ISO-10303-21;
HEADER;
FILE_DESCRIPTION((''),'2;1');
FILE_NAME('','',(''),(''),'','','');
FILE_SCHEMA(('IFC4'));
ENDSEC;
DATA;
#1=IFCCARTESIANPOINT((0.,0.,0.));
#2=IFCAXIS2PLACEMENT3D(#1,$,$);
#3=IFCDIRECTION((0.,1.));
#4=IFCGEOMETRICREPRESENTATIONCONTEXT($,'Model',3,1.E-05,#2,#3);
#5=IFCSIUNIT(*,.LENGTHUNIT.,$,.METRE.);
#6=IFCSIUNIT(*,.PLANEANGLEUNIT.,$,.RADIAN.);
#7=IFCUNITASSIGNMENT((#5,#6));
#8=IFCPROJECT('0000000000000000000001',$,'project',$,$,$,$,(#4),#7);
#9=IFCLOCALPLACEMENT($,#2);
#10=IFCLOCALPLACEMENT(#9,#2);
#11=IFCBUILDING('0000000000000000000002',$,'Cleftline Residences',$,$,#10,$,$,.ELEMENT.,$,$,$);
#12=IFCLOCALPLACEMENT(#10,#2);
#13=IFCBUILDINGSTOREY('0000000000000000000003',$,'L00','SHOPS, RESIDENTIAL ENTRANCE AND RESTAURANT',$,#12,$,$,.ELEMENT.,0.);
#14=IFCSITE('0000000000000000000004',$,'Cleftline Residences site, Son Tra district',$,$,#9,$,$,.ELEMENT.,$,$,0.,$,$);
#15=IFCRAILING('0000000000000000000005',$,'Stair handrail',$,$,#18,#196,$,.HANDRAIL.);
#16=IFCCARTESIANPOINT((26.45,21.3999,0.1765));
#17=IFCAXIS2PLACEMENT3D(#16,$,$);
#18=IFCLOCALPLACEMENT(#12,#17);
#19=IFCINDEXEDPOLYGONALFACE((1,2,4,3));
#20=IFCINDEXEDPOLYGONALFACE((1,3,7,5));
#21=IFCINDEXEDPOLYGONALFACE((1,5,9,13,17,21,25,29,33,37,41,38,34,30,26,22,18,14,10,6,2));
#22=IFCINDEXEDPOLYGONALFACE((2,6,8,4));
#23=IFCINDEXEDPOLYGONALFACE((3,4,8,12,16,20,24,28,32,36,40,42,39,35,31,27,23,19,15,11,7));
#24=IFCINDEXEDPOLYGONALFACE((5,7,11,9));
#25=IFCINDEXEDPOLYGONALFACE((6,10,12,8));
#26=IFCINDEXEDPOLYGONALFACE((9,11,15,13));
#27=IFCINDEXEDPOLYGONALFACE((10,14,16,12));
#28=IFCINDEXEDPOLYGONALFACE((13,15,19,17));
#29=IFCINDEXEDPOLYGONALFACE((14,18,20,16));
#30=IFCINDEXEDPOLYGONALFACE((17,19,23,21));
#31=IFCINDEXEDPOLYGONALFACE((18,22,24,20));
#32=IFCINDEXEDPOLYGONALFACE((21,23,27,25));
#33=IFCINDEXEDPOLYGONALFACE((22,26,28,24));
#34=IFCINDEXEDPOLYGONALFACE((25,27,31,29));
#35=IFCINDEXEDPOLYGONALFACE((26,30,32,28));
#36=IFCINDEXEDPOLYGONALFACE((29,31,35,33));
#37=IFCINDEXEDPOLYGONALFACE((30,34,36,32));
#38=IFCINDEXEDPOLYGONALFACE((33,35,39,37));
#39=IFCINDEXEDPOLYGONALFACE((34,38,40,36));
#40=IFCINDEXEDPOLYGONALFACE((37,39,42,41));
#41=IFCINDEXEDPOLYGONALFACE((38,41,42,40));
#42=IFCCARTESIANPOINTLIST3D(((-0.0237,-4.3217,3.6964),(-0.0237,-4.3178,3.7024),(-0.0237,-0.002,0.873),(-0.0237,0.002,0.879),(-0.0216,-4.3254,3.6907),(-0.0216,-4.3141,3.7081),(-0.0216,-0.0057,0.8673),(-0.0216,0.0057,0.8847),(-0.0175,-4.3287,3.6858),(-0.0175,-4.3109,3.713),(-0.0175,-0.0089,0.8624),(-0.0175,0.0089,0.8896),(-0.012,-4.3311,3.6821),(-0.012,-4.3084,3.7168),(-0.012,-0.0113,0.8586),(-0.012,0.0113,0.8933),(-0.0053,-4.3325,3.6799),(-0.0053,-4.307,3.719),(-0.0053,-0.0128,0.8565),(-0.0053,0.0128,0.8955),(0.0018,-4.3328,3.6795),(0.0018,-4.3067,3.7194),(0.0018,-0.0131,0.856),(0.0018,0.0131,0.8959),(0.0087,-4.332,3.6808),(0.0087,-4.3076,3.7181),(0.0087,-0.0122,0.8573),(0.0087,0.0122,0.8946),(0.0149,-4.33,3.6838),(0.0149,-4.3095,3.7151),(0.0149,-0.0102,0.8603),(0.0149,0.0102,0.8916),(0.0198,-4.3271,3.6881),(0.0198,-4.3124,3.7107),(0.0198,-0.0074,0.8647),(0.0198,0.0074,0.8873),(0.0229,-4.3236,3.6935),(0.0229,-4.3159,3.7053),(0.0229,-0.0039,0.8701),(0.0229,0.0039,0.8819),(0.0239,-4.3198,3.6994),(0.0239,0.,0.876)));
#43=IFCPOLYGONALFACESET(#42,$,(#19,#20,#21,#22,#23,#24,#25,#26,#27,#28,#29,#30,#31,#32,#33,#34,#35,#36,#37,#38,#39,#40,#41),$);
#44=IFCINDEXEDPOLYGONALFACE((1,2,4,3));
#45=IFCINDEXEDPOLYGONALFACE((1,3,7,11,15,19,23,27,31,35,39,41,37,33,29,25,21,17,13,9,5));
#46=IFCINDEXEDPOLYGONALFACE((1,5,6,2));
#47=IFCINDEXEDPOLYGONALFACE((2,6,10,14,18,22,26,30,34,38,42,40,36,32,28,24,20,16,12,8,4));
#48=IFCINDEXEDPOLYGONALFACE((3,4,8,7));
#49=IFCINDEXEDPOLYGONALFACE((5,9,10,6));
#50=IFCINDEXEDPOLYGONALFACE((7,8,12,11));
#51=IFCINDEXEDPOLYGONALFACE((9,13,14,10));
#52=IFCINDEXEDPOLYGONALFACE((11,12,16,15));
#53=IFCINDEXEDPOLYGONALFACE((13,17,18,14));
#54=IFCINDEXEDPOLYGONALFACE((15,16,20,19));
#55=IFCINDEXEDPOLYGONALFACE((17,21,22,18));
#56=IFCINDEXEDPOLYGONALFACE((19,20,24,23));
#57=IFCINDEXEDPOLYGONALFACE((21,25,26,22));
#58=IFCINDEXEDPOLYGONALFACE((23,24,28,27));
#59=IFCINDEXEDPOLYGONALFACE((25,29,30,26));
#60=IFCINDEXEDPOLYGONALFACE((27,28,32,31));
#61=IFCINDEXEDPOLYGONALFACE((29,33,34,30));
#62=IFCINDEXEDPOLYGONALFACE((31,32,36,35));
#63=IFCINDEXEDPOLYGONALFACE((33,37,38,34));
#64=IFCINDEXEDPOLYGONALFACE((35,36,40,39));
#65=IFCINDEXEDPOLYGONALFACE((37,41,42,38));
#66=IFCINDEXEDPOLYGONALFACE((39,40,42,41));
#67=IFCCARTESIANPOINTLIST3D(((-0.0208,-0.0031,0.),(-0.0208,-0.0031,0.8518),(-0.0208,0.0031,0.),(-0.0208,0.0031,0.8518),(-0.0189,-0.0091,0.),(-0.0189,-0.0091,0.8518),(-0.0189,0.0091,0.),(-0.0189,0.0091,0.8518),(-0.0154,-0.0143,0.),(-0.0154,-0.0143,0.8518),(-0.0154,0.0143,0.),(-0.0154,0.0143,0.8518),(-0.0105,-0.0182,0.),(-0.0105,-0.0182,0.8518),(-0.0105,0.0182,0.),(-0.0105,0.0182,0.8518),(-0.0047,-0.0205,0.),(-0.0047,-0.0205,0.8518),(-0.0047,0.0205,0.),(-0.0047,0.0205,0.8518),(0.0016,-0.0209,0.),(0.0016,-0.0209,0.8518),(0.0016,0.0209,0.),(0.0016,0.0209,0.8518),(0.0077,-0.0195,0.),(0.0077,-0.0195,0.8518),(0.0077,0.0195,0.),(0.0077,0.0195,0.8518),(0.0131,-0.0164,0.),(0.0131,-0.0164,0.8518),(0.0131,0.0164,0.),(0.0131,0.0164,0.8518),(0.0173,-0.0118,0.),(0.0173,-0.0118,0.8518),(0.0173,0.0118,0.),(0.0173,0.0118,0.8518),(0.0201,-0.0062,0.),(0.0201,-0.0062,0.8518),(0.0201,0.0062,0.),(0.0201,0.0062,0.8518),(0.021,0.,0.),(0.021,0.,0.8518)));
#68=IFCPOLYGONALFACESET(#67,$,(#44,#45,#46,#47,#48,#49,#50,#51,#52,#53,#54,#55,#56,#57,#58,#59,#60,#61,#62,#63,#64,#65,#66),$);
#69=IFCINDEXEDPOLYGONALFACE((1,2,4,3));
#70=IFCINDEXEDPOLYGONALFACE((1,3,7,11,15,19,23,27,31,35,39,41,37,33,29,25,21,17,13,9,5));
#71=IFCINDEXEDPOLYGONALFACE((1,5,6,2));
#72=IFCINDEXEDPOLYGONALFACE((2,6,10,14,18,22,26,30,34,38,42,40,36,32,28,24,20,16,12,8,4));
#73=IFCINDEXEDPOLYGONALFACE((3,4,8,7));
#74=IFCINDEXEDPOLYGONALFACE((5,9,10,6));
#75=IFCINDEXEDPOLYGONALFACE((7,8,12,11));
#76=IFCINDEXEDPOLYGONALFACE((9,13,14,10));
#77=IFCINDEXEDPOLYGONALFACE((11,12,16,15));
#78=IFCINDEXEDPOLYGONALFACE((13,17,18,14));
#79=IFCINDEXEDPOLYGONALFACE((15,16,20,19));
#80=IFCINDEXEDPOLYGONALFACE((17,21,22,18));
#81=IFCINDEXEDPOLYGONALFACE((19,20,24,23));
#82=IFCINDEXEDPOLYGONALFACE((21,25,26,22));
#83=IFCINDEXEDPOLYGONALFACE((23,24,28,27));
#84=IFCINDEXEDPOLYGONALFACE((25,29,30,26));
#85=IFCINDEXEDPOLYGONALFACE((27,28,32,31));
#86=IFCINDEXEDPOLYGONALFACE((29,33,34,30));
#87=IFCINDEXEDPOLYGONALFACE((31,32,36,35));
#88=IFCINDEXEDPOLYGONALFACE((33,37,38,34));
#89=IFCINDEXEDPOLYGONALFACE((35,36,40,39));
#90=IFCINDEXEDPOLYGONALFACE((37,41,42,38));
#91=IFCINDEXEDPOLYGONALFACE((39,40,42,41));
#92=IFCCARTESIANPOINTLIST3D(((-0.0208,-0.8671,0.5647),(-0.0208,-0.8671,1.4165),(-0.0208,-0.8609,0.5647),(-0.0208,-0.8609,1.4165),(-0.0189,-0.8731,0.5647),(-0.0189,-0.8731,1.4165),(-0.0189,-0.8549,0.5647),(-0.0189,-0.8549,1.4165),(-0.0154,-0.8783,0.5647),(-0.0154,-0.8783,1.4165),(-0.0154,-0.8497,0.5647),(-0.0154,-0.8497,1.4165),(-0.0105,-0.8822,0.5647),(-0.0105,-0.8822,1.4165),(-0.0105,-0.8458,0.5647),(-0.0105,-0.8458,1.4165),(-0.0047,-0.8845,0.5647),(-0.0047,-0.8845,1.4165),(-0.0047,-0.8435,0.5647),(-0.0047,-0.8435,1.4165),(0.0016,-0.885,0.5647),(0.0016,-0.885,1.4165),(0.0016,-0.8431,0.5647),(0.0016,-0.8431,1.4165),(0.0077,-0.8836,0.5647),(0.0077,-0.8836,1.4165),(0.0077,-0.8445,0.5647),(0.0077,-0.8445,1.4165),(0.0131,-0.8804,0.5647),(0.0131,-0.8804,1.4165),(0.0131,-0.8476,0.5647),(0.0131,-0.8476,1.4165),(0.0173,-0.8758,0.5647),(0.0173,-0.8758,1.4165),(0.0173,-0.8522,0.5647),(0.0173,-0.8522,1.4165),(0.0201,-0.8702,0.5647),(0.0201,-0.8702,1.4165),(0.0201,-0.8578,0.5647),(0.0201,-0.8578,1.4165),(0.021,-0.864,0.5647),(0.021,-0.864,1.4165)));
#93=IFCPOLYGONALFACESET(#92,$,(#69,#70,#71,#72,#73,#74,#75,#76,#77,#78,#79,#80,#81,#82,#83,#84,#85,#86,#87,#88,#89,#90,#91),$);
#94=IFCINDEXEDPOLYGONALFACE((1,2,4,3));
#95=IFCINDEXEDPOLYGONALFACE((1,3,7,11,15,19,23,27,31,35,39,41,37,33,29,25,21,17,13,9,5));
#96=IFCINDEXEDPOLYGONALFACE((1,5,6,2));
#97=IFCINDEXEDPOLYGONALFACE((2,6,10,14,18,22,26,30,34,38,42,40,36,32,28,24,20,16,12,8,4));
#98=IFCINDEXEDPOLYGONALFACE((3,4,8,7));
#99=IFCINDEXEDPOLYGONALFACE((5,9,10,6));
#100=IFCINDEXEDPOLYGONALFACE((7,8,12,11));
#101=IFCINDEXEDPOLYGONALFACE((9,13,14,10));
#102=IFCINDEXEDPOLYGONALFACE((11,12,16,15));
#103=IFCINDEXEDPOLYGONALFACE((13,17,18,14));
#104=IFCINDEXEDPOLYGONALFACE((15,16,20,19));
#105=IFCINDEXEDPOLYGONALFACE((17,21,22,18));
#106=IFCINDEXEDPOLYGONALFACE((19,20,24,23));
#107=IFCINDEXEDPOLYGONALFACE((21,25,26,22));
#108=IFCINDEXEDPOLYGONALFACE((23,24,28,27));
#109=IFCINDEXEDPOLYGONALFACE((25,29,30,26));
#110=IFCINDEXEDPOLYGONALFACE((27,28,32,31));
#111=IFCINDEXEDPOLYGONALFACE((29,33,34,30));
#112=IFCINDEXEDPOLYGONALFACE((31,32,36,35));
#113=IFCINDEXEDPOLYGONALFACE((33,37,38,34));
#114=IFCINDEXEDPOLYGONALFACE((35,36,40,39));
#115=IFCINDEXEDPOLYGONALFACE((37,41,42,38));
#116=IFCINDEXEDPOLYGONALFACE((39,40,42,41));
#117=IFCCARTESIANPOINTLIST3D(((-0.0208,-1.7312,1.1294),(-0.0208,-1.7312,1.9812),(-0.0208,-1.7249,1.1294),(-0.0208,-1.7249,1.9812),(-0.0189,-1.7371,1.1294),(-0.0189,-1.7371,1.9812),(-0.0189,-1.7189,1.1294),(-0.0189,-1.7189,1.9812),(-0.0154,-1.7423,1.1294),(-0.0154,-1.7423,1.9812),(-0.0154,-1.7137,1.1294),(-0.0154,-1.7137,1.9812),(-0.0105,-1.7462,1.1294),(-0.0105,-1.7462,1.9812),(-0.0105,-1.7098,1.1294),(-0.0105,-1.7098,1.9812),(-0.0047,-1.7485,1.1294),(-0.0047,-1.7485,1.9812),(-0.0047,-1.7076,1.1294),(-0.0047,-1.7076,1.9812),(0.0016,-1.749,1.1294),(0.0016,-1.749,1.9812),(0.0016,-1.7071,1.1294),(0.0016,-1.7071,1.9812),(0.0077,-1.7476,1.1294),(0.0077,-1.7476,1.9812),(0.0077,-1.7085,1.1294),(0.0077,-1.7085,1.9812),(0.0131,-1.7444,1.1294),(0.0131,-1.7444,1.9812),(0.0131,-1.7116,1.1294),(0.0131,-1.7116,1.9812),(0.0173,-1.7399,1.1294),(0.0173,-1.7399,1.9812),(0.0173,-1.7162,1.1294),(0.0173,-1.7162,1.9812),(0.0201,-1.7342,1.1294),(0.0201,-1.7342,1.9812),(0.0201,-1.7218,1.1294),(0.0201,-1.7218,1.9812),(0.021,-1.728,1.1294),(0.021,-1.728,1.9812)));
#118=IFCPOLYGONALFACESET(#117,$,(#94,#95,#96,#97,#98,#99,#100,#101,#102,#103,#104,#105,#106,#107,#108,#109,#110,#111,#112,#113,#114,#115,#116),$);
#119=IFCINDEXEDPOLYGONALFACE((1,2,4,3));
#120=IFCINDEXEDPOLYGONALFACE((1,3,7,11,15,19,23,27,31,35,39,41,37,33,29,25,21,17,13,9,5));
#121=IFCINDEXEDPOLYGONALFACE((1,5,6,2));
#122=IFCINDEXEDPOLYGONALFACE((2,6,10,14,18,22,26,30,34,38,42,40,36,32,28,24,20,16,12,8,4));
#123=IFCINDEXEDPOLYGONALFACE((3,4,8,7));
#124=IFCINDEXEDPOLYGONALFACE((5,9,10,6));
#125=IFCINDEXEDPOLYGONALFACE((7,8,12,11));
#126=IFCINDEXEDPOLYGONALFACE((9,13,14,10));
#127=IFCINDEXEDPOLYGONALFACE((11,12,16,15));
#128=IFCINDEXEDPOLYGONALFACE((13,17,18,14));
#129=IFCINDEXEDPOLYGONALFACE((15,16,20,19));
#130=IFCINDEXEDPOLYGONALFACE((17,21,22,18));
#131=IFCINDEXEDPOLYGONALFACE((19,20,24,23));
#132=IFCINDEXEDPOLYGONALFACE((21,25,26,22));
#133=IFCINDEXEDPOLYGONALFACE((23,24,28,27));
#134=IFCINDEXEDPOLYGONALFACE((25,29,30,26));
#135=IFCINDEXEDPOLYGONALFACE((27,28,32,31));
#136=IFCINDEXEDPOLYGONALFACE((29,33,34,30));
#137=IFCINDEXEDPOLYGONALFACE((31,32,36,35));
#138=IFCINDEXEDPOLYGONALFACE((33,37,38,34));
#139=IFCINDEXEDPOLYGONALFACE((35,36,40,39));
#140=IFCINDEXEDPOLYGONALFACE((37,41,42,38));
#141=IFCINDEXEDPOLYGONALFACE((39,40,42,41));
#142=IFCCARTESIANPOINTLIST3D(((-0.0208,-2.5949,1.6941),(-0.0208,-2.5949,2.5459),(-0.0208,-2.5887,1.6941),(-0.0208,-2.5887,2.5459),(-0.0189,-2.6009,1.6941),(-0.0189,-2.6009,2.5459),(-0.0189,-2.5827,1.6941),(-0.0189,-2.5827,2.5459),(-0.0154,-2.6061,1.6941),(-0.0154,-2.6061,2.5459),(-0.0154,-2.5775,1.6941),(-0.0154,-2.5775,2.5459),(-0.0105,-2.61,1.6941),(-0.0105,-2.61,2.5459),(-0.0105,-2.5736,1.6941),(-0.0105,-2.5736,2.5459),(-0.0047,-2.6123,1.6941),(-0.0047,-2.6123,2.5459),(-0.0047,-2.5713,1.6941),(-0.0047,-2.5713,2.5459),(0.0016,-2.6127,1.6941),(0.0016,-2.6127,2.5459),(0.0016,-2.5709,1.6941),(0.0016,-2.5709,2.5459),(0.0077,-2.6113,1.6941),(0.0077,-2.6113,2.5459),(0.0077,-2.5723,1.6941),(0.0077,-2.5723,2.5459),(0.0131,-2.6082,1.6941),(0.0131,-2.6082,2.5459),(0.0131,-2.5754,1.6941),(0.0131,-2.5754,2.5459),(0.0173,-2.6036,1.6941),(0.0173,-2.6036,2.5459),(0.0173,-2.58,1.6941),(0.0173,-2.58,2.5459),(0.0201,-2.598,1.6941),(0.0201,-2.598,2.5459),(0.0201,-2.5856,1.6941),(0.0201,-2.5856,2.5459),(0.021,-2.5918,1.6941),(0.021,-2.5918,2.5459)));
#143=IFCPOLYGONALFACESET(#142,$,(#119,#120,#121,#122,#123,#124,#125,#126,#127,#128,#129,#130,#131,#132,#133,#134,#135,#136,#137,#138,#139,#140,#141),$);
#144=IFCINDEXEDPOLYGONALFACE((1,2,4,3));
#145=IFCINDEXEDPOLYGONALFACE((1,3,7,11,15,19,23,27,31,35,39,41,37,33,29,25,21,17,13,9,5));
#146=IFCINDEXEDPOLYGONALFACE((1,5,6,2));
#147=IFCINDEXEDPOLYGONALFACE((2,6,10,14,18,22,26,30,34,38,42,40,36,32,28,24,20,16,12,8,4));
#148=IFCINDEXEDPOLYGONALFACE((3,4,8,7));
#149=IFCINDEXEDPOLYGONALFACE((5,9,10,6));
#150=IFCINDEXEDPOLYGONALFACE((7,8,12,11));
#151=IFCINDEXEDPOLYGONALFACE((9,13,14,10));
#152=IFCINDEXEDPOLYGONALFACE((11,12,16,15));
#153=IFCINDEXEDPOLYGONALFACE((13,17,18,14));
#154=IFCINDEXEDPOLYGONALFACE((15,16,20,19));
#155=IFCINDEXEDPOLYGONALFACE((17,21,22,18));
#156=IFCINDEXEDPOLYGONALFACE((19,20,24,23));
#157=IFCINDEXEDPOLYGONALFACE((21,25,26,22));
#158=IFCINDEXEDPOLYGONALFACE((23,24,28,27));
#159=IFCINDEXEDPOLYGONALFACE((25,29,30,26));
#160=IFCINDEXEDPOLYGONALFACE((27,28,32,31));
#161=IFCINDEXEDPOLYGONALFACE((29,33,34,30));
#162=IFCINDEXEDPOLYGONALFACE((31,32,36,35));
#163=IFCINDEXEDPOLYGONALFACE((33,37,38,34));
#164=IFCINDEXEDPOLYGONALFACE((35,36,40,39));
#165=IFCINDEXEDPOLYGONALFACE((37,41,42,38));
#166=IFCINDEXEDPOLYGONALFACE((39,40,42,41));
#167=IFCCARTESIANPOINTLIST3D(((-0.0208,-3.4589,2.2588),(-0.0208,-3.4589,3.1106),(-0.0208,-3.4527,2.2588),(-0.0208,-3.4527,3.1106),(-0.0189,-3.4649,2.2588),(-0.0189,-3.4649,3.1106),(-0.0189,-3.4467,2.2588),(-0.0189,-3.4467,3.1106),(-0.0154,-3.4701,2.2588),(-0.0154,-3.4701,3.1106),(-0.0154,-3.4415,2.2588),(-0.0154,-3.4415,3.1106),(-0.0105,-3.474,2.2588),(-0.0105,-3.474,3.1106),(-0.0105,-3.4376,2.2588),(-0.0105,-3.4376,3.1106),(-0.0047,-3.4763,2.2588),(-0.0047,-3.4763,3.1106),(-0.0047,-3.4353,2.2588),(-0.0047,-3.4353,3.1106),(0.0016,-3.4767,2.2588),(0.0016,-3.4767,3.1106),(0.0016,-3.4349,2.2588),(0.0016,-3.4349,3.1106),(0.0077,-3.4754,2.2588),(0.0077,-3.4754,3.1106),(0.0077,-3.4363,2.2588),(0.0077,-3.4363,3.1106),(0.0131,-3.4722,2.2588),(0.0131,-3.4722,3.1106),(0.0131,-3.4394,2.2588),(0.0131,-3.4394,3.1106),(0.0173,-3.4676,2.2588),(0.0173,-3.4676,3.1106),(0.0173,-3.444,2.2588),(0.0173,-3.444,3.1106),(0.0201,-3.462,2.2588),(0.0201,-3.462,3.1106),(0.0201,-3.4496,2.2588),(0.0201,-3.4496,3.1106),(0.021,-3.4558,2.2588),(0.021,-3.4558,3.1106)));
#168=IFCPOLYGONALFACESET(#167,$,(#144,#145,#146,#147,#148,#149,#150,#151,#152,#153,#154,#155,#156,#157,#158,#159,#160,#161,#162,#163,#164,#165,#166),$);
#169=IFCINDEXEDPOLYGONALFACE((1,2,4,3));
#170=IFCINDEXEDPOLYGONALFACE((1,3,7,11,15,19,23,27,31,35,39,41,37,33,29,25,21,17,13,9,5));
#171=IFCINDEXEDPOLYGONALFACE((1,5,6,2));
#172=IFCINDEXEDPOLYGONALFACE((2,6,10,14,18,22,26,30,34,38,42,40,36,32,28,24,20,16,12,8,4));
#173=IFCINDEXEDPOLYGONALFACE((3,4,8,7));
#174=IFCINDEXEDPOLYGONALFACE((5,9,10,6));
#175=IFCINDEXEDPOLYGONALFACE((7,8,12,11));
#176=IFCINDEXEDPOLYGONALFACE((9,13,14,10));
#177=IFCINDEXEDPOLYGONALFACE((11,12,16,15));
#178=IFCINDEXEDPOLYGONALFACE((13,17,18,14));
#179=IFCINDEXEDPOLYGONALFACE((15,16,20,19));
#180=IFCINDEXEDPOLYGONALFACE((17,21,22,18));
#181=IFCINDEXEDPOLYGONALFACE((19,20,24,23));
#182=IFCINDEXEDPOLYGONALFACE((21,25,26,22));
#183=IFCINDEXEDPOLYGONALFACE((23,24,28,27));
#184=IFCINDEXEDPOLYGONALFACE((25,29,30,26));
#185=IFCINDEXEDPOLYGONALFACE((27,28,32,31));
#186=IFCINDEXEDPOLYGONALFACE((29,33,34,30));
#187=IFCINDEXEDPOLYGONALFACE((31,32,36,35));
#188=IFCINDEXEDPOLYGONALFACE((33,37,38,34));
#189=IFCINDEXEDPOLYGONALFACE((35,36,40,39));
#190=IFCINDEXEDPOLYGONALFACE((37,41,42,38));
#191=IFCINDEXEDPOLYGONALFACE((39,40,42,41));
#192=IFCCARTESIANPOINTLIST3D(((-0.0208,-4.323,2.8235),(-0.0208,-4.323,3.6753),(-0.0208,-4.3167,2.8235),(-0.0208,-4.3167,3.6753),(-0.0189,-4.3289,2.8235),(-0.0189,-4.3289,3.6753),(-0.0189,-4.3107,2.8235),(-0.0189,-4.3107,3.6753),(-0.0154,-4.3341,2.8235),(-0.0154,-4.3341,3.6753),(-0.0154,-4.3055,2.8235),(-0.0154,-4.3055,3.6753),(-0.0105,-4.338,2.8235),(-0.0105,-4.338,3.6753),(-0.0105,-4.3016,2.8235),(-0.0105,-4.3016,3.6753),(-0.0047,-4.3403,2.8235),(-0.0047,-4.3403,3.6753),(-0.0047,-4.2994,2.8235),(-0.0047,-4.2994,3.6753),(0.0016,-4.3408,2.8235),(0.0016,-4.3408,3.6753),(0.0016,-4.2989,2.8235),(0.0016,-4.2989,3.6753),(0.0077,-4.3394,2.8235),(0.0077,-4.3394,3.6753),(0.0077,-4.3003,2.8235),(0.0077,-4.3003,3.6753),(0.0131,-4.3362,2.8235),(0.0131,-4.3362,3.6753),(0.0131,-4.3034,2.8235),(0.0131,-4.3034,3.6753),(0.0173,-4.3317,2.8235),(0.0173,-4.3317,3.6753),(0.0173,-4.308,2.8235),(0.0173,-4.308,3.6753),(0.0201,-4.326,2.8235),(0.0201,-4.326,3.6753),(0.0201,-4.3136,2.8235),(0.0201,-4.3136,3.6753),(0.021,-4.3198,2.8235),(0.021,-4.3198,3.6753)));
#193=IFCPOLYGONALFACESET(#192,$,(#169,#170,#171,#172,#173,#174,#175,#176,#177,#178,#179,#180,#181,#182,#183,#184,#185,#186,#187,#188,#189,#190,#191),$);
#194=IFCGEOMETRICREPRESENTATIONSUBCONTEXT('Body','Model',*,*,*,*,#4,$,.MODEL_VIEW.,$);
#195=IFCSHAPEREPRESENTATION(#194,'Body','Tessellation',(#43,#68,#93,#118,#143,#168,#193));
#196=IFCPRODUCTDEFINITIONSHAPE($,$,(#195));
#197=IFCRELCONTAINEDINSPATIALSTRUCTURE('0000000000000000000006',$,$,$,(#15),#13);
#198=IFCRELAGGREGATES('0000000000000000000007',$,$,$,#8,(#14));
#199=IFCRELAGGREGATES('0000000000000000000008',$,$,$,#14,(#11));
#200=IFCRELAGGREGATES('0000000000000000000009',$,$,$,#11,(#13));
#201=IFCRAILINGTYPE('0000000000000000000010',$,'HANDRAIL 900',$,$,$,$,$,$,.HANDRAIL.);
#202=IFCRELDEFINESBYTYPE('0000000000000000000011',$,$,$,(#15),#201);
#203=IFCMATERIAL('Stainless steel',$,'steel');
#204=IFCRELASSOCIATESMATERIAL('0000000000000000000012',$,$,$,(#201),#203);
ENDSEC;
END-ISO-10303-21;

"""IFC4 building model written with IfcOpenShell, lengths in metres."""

from ifc_helpers import new_model, si_unit, direction, frame, origin, origin_2d, place, context, subcontext, project, spatial, circle, extrude, material, type_object, element, save


model = new_model("IFC4")

# Units and contexts
model_context = context("Model", 3, precision=1e-05, world=origin(), true_north=direction((0.0, 1.0)))
body_context = subcontext(model_context, "Body", "Model", "MODEL_VIEW")
ifc_project = project(units=[si_unit("LENGTHUNIT", "METRE"), si_unit("PLANEANGLEUNIT", "RADIAN")], contexts=[model_context])

# Site, building, storey
site_placement = place(None, origin())
site = spatial("IfcSite", under=ifc_project, at=site_placement, Name="Cleftline Residences site, Son Tra district", CompositionType="ELEMENT", RefElevation=0.0)
building_placement = place(site_placement, origin())
building = spatial("IfcBuilding", under=site, at=building_placement, Name="Cleftline Residences", CompositionType="ELEMENT")
storey_placement = place(building_placement, origin())
storey = spatial("IfcBuildingStorey", under=building, at=storey_placement, Name="L00", Description="SHOPS, RESIDENTIAL ENTRANCE AND RESTAURANT", CompositionType="ELEMENT", Elevation=0.0)

# Railing
ifc_material_1 = material(Name="Stainless steel", Category="steel")
railing_type = type_object("IfcRailingType", Name="HANDRAIL 900", PredefinedType="HANDRAIL", material=ifc_material_1)
railing_1_placement = place(storey_placement, frame((26.45, 21.3999, 0.1765)))
element("IfcRailing", 1, at=railing_1_placement, inside=storey, type_object=railing_type, Name="Stair handrail", PredefinedType="HANDRAIL", context=body_context, shape_type="SweptSolid", body=[
    extrude(circle(Radius=0.0239, at=origin_2d()), frame((0.0, 0.0, 0.876), z_axis=(0.0, -0.83706, 0.547112), x_axis=(1.0, 0.0, 0.0)), (0.0, 0.0, 1.0), 5.1606),
    extrude(circle(Radius=0.021, at=origin_2d()), origin(), (0.0, 0.0, 1.0), 0.8518),
    extrude(circle(Radius=0.021, at=origin_2d()), frame((0.0, -0.864, 0.5647)), (0.0, 0.0, 1.0), 0.8518),
    extrude(circle(Radius=0.021, at=origin_2d()), frame((0.0, -1.728, 1.1294)), (0.0, 0.0, 1.0), 0.8518),
    extrude(circle(Radius=0.021, at=origin_2d()), frame((0.0, -2.5918, 1.6941)), (0.0, 0.0, 1.0), 0.8518),
    extrude(circle(Radius=0.021, at=origin_2d()), frame((0.0, -3.4558, 2.2588)), (0.0, 0.0, 1.0), 0.8518),
    extrude(circle(Radius=0.021, at=origin_2d()), frame((0.0, -4.3198, 2.8235)), (0.0, 0.0, 1.0), 0.8518),
])

save(model, "model.ifc")
